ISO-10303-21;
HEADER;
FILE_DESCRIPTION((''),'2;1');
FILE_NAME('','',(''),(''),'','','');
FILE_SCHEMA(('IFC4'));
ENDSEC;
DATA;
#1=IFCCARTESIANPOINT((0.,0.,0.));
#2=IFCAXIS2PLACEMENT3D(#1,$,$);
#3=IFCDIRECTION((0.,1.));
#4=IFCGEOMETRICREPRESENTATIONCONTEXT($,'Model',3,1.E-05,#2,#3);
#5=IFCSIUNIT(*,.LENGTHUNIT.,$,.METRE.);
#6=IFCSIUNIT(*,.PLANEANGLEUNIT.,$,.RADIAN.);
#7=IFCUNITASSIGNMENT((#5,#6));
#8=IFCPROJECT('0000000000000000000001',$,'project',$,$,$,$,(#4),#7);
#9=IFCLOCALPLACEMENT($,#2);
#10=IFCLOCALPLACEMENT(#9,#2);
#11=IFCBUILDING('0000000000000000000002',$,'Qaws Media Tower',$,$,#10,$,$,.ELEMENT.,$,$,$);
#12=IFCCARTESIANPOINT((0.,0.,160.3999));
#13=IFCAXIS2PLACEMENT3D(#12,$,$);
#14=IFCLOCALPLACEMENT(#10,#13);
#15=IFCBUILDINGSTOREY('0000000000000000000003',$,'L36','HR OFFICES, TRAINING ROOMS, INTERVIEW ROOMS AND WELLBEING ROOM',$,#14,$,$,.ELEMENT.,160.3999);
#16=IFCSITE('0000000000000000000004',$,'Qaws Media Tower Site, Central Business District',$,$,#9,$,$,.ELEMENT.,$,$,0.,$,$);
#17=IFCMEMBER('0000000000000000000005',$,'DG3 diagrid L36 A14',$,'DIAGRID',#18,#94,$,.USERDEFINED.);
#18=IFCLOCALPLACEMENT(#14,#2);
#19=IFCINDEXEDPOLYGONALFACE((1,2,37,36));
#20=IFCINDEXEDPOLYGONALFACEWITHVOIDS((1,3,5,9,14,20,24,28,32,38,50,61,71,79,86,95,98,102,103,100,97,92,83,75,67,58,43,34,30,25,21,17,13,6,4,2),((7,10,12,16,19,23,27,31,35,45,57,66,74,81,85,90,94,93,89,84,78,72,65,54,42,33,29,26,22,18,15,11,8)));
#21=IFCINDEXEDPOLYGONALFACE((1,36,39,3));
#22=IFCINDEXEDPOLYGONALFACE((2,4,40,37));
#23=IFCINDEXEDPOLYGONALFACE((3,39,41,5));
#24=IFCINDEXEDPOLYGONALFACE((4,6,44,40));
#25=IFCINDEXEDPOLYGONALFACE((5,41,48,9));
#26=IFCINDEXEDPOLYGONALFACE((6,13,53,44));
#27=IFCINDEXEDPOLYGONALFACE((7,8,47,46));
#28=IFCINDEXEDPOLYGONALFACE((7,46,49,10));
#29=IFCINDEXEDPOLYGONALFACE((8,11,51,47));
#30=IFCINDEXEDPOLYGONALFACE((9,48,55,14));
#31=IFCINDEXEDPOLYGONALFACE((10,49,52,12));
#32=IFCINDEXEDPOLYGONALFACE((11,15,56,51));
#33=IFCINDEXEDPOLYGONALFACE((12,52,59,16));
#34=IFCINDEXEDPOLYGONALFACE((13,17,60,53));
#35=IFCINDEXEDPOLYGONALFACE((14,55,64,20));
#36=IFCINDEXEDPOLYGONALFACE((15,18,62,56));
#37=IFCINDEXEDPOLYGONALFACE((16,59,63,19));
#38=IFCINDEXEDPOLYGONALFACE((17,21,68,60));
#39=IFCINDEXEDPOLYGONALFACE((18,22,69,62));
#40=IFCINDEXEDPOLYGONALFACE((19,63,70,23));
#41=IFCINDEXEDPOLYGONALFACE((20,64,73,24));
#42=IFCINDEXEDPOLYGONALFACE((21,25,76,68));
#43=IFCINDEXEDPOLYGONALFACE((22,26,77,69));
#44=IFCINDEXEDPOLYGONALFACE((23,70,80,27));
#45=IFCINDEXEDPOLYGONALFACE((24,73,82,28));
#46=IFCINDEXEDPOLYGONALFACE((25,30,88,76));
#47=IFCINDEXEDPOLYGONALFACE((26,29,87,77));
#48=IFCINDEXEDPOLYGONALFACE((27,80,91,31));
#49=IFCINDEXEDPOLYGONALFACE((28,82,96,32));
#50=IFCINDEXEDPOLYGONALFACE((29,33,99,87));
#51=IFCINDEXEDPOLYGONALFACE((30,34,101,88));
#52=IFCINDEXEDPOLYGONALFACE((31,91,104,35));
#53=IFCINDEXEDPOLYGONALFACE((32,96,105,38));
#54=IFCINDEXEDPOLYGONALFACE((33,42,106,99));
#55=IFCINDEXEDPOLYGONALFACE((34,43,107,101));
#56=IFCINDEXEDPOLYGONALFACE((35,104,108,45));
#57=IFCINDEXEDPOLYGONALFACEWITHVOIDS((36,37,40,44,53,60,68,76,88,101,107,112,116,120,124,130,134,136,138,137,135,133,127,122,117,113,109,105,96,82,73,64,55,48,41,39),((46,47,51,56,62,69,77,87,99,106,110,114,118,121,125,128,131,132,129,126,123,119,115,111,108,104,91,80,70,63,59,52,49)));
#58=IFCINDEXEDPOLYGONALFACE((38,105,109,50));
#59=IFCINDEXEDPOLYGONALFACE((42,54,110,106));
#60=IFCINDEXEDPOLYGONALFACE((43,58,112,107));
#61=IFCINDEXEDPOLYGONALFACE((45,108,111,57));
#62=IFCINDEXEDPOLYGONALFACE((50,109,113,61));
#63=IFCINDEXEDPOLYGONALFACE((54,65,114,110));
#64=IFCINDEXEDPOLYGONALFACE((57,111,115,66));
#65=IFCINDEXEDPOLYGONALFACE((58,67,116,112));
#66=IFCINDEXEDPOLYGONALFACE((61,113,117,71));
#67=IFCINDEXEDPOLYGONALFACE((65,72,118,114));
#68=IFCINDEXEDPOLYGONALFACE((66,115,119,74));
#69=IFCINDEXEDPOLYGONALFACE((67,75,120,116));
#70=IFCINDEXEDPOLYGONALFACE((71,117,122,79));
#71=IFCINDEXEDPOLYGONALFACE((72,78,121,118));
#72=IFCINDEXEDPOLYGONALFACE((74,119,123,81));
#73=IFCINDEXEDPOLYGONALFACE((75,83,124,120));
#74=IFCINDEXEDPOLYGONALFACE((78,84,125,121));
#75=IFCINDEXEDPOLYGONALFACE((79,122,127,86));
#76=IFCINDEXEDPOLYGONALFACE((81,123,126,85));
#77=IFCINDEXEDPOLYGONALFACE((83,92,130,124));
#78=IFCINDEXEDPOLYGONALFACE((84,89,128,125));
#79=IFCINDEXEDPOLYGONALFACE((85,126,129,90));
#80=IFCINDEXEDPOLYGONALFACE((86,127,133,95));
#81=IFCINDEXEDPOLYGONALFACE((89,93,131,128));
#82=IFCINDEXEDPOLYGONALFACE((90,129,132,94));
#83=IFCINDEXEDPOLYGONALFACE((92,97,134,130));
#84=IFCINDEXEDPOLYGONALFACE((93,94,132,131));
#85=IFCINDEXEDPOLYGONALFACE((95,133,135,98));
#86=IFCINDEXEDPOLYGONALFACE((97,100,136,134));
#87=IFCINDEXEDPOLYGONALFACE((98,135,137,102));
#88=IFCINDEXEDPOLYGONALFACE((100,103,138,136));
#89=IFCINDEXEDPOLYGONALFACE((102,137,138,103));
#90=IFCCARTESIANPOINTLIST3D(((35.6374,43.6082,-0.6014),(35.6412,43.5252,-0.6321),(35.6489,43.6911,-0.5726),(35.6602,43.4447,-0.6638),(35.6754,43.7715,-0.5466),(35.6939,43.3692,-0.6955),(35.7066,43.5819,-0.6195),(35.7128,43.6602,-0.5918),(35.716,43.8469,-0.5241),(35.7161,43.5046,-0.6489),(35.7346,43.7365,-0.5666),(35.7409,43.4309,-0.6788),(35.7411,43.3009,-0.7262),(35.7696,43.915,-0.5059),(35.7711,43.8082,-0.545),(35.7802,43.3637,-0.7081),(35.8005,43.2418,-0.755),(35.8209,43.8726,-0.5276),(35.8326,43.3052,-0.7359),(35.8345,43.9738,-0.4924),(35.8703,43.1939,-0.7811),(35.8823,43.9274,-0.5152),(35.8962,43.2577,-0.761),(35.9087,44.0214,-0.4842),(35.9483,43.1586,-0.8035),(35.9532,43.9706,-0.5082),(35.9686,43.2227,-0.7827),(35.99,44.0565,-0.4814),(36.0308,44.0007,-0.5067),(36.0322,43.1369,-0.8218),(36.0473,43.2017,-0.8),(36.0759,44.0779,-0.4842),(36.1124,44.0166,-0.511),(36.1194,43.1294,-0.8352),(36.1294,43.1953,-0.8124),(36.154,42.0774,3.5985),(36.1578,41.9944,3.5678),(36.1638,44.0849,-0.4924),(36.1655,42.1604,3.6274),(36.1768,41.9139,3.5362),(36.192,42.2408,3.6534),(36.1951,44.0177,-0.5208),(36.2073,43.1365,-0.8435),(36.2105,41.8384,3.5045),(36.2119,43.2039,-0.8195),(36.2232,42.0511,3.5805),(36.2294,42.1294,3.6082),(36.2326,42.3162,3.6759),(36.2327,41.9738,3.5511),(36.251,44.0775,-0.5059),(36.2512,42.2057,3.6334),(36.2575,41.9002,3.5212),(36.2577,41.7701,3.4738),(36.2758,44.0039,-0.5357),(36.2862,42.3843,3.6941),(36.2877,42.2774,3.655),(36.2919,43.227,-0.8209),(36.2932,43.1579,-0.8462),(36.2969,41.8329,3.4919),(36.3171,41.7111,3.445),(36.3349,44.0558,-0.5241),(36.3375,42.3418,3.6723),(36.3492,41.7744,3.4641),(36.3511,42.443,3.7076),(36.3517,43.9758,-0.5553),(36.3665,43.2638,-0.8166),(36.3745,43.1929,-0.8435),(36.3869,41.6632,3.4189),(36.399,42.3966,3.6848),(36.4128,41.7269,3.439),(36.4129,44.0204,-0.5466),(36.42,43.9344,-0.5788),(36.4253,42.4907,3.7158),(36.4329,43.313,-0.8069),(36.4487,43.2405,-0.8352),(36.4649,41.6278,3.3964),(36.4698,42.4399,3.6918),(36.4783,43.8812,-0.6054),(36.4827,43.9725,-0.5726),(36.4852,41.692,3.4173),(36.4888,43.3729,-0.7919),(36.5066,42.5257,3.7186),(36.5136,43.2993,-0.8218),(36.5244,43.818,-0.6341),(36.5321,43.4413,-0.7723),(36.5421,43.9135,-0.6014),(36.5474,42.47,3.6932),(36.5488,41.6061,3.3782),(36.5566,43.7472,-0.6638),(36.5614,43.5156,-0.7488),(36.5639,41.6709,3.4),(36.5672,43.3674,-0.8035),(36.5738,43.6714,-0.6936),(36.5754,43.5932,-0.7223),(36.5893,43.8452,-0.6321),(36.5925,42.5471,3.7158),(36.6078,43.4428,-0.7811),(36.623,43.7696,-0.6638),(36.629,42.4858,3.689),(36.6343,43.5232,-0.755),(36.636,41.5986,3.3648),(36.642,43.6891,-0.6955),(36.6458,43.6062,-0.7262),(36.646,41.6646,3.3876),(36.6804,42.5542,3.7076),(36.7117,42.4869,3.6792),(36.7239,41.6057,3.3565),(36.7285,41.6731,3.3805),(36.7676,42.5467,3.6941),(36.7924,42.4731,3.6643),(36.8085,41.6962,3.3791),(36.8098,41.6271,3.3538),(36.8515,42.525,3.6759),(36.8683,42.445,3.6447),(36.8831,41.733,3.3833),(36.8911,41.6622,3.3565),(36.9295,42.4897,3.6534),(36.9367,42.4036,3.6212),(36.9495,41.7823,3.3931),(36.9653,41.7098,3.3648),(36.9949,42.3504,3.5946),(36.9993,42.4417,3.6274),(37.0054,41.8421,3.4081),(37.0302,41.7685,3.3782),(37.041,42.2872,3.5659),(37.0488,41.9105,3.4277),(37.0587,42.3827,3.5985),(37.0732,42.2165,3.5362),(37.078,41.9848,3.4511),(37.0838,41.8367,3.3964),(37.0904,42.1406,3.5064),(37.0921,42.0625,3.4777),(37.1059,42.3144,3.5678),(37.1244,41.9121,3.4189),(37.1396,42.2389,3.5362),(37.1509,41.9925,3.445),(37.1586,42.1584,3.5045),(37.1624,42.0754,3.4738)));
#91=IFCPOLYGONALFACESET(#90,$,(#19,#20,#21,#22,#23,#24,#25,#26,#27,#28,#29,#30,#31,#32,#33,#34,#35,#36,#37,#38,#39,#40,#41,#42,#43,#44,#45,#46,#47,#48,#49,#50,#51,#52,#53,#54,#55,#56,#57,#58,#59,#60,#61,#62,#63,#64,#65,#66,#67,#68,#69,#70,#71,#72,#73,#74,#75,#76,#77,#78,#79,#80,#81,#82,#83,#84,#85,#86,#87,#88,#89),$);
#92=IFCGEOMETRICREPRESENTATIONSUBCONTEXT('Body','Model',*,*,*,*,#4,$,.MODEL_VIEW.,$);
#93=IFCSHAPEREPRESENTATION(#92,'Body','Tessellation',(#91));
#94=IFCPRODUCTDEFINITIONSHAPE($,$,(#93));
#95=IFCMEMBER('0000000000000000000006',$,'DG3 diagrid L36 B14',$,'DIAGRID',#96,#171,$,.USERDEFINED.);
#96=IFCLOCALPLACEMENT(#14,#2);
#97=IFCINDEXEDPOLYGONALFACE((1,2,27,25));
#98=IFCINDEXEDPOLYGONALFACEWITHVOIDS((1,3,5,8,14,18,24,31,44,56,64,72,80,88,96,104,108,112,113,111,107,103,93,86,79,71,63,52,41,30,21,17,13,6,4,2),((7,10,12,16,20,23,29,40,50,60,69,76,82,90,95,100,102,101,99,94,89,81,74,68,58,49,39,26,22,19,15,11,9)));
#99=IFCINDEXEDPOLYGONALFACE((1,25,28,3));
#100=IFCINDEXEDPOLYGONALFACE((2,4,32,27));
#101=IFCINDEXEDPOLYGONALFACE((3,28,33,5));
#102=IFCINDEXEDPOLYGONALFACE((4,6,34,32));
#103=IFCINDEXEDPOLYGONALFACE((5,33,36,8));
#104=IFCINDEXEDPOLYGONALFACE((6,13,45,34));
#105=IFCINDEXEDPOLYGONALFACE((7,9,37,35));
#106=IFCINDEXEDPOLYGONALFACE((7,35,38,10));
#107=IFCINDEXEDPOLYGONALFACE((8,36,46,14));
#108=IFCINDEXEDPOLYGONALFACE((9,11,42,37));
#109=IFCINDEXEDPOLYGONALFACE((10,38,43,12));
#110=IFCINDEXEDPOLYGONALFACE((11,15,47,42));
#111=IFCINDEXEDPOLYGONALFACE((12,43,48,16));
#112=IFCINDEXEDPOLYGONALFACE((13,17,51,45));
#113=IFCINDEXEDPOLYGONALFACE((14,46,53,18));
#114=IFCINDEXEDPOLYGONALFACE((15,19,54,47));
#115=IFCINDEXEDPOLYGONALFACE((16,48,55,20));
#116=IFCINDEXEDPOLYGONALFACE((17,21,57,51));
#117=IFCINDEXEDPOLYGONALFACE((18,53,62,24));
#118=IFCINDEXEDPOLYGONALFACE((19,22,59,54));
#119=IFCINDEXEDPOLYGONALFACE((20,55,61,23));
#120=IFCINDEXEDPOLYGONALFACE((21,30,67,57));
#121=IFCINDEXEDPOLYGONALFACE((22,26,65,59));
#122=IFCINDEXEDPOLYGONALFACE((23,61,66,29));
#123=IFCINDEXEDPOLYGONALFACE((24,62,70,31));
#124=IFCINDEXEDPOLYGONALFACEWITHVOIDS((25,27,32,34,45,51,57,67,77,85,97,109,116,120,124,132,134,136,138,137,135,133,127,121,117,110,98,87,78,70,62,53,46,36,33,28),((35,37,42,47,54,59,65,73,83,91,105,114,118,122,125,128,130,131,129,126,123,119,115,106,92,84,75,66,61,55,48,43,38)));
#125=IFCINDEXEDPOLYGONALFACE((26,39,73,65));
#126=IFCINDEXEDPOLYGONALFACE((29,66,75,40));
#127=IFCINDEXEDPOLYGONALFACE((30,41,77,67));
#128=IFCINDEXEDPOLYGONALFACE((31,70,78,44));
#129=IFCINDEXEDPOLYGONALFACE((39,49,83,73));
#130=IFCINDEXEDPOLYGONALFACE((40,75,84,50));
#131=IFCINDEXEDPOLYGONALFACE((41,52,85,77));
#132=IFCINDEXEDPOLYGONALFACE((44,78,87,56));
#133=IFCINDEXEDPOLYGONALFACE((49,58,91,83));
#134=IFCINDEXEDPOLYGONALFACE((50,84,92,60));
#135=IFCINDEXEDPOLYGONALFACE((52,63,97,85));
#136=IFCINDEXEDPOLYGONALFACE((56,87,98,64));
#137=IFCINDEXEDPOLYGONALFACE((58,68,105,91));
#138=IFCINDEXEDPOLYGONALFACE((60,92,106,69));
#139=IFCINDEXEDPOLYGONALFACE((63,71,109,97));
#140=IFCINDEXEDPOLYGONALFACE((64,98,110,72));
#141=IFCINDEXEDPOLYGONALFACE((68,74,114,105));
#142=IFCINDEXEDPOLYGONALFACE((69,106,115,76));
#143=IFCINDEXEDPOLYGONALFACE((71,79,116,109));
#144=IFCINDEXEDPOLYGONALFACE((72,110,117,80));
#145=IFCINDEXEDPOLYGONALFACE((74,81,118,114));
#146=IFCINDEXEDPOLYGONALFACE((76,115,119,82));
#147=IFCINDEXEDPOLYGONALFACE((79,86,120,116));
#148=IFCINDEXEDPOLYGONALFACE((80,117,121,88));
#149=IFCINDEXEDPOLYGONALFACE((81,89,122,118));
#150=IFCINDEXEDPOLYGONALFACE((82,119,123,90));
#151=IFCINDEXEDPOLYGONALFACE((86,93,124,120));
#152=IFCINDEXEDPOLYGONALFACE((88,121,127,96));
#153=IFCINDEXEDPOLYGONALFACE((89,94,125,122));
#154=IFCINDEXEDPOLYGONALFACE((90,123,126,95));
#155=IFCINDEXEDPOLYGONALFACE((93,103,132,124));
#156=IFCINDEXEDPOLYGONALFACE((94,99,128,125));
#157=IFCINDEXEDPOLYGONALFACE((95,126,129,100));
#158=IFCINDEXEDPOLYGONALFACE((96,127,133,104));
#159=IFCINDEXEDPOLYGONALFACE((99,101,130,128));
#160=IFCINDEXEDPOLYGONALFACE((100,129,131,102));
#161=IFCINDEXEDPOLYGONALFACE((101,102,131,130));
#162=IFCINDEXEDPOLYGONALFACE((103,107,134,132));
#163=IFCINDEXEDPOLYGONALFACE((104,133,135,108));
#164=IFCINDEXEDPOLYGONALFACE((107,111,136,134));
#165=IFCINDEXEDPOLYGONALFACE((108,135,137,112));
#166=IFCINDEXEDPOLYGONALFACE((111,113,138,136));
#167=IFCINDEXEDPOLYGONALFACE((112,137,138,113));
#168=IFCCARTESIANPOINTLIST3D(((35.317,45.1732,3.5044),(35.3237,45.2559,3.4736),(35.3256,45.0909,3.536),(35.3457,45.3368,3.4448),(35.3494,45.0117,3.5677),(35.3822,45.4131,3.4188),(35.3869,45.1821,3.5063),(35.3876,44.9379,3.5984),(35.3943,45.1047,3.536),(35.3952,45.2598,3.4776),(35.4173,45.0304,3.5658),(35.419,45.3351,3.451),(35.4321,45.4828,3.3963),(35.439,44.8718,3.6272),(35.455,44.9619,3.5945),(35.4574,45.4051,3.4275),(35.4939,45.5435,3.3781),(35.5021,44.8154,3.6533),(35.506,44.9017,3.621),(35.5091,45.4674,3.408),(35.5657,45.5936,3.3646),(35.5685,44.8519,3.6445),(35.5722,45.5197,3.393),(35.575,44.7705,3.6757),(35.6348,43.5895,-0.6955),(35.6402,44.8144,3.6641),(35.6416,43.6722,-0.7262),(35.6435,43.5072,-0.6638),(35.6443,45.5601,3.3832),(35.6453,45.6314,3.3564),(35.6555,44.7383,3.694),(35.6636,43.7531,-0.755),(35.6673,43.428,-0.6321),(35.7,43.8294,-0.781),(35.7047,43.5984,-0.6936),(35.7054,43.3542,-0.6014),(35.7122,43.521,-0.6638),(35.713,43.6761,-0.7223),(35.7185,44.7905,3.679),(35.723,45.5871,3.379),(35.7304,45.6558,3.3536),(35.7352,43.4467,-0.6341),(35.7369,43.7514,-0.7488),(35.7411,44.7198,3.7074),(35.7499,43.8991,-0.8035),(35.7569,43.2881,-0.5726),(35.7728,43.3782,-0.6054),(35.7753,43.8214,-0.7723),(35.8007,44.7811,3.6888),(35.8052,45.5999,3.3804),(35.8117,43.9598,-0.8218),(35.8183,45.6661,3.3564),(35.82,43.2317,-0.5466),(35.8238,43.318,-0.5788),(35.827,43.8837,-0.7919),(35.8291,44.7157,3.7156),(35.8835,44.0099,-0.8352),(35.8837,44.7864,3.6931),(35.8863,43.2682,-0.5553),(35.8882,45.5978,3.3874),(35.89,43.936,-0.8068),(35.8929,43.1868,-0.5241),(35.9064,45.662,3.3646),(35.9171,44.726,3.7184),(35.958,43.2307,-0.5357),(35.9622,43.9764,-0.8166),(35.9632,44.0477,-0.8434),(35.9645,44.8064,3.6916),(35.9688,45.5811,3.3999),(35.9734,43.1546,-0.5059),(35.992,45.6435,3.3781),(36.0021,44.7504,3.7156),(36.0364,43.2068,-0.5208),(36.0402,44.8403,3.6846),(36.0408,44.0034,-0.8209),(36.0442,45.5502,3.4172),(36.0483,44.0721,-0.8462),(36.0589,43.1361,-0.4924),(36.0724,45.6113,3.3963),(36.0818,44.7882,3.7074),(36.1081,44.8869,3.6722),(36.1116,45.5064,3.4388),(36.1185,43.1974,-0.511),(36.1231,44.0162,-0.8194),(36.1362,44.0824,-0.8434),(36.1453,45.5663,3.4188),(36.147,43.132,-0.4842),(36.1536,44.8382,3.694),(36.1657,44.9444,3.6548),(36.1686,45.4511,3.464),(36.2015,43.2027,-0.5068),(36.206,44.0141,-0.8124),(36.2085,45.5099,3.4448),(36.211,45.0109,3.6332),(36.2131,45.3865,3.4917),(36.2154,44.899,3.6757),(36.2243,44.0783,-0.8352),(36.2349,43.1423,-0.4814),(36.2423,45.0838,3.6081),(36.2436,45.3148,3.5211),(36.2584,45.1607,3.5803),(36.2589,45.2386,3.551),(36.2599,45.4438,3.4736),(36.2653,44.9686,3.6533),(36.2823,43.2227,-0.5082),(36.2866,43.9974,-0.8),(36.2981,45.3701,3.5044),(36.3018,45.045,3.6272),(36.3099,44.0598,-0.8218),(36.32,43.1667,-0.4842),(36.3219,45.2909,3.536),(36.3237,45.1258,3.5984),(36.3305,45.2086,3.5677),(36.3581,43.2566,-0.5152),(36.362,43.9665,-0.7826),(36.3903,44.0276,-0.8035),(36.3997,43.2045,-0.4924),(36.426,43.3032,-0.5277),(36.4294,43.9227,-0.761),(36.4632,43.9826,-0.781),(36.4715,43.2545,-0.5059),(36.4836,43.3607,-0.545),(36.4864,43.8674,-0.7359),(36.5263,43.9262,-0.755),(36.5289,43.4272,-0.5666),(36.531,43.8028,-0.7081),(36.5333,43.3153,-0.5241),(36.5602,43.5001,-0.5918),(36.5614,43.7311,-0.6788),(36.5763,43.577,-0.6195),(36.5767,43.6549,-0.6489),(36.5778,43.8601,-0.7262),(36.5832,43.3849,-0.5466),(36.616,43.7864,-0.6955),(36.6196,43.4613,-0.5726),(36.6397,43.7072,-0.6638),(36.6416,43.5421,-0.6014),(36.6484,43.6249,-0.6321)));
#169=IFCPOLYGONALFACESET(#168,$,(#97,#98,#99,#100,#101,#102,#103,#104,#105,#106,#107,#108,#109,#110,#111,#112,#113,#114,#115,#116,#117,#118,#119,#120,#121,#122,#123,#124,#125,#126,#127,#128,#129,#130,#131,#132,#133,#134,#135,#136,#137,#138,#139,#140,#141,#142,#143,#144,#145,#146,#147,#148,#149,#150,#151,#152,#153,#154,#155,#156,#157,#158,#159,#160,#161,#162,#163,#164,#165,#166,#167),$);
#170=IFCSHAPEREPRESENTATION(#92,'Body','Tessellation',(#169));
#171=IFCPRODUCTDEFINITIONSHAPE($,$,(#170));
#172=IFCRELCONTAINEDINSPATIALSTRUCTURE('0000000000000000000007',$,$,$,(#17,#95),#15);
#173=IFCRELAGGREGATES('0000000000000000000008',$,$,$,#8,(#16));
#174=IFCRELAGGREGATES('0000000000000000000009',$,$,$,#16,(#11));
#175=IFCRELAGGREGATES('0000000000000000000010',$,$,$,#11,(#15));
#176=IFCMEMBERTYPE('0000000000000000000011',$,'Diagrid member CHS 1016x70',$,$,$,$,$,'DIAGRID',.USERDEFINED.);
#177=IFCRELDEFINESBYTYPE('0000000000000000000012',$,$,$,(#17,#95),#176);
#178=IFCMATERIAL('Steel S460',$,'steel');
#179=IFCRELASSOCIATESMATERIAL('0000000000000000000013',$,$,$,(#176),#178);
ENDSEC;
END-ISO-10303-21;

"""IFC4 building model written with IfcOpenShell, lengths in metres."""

from ifc_helpers import new_model, si_unit, direction, frame, origin, origin_2d, place, context, subcontext, project, spatial, hollow_circle, extrude, material, material_profile, profile_set, type_object, element, save


model = new_model("IFC4")

# Units and contexts
model_context = context("Model", 3, precision=1e-05, world=origin(), true_north=direction((0.0, 1.0)))
body_context = subcontext(model_context, "Body", "Model", "MODEL_VIEW")
ifc_project = project(units=[si_unit("LENGTHUNIT", "METRE"), si_unit("PLANEANGLEUNIT", "RADIAN")], contexts=[model_context])

# Site, building, storey
site_placement = place(None, origin())
site = spatial("IfcSite", under=ifc_project, at=site_placement, Name="Qaws Media Tower Site, Central Business District", CompositionType="ELEMENT", RefElevation=0.0)
building_placement = place(site_placement, origin())
building = spatial("IfcBuilding", under=site, at=building_placement, Name="Qaws Media Tower", CompositionType="ELEMENT")
storey_placement = place(building_placement, frame((0.0, 0.0, 160.3999)))
storey = spatial("IfcBuildingStorey", under=building, at=storey_placement, Name="L36", Description="HR OFFICES, TRAINING ROOMS, INTERVIEW ROOMS AND WELLBEING ROOM", CompositionType="ELEMENT", Elevation=160.3999)

# Members
ifc_material_1 = material(Name="Steel S460", Category="steel")
ifc_material_profile_1 = material_profile(ifc_material_1, hollow_circle(Radius=0.5081, WallThickness=0.0701, at=origin_2d()), Name="CHS 1016x70")
ifc_profile_set_1 = profile_set([ifc_material_profile_1], Name="Steel S460")
member_type_1 = type_object("IfcMemberType", Name="Diagrid member CHS 1016x70", ElementType="DIAGRID", PredefinedType="USERDEFINED", material=ifc_profile_set_1)
for number, where, z_axis, x_axis, name in (
    (1, (36.1416, 43.6072, -0.6638), (0.114801, -0.340172, 0.933329), (0.947498, 0.319762, 0.0), "DG3 diagrid L36 A14"),
):
    element("IfcMember", number, at=place(storey_placement, frame(where, z_axis=z_axis, x_axis=x_axis)), inside=storey, type_object=member_type_1, Name=name, ObjectType="DIAGRID", PredefinedType="USERDEFINED", context=body_context, shape_type="SweptSolid", body=[
        extrude(hollow_circle(Radius=0.5081, WallThickness=0.0701, at=origin_2d()), origin(), (0.0, 0.0, 1.0), 4.5),
    ])
member_1_placement = place(storey_placement, frame((36.1416, 43.6072, -0.6638), z_axis=(-0.07064, 0.351952, 0.933349), x_axis=(-0.980447, -0.196785, 0.0)))
element("IfcMember", 2, at=member_1_placement, inside=storey, type_object=member_type_1, Name="DG3 diagrid L36 B14", ObjectType="DIAGRID", PredefinedType="USERDEFINED", context=body_context, shape_type="SweptSolid", body=[
    extrude(hollow_circle(Radius=0.5081, WallThickness=0.0701, at=origin_2d()), origin(), (0.0, 0.0, 1.0), 4.4998),
])

save(model, "model.ifc")
